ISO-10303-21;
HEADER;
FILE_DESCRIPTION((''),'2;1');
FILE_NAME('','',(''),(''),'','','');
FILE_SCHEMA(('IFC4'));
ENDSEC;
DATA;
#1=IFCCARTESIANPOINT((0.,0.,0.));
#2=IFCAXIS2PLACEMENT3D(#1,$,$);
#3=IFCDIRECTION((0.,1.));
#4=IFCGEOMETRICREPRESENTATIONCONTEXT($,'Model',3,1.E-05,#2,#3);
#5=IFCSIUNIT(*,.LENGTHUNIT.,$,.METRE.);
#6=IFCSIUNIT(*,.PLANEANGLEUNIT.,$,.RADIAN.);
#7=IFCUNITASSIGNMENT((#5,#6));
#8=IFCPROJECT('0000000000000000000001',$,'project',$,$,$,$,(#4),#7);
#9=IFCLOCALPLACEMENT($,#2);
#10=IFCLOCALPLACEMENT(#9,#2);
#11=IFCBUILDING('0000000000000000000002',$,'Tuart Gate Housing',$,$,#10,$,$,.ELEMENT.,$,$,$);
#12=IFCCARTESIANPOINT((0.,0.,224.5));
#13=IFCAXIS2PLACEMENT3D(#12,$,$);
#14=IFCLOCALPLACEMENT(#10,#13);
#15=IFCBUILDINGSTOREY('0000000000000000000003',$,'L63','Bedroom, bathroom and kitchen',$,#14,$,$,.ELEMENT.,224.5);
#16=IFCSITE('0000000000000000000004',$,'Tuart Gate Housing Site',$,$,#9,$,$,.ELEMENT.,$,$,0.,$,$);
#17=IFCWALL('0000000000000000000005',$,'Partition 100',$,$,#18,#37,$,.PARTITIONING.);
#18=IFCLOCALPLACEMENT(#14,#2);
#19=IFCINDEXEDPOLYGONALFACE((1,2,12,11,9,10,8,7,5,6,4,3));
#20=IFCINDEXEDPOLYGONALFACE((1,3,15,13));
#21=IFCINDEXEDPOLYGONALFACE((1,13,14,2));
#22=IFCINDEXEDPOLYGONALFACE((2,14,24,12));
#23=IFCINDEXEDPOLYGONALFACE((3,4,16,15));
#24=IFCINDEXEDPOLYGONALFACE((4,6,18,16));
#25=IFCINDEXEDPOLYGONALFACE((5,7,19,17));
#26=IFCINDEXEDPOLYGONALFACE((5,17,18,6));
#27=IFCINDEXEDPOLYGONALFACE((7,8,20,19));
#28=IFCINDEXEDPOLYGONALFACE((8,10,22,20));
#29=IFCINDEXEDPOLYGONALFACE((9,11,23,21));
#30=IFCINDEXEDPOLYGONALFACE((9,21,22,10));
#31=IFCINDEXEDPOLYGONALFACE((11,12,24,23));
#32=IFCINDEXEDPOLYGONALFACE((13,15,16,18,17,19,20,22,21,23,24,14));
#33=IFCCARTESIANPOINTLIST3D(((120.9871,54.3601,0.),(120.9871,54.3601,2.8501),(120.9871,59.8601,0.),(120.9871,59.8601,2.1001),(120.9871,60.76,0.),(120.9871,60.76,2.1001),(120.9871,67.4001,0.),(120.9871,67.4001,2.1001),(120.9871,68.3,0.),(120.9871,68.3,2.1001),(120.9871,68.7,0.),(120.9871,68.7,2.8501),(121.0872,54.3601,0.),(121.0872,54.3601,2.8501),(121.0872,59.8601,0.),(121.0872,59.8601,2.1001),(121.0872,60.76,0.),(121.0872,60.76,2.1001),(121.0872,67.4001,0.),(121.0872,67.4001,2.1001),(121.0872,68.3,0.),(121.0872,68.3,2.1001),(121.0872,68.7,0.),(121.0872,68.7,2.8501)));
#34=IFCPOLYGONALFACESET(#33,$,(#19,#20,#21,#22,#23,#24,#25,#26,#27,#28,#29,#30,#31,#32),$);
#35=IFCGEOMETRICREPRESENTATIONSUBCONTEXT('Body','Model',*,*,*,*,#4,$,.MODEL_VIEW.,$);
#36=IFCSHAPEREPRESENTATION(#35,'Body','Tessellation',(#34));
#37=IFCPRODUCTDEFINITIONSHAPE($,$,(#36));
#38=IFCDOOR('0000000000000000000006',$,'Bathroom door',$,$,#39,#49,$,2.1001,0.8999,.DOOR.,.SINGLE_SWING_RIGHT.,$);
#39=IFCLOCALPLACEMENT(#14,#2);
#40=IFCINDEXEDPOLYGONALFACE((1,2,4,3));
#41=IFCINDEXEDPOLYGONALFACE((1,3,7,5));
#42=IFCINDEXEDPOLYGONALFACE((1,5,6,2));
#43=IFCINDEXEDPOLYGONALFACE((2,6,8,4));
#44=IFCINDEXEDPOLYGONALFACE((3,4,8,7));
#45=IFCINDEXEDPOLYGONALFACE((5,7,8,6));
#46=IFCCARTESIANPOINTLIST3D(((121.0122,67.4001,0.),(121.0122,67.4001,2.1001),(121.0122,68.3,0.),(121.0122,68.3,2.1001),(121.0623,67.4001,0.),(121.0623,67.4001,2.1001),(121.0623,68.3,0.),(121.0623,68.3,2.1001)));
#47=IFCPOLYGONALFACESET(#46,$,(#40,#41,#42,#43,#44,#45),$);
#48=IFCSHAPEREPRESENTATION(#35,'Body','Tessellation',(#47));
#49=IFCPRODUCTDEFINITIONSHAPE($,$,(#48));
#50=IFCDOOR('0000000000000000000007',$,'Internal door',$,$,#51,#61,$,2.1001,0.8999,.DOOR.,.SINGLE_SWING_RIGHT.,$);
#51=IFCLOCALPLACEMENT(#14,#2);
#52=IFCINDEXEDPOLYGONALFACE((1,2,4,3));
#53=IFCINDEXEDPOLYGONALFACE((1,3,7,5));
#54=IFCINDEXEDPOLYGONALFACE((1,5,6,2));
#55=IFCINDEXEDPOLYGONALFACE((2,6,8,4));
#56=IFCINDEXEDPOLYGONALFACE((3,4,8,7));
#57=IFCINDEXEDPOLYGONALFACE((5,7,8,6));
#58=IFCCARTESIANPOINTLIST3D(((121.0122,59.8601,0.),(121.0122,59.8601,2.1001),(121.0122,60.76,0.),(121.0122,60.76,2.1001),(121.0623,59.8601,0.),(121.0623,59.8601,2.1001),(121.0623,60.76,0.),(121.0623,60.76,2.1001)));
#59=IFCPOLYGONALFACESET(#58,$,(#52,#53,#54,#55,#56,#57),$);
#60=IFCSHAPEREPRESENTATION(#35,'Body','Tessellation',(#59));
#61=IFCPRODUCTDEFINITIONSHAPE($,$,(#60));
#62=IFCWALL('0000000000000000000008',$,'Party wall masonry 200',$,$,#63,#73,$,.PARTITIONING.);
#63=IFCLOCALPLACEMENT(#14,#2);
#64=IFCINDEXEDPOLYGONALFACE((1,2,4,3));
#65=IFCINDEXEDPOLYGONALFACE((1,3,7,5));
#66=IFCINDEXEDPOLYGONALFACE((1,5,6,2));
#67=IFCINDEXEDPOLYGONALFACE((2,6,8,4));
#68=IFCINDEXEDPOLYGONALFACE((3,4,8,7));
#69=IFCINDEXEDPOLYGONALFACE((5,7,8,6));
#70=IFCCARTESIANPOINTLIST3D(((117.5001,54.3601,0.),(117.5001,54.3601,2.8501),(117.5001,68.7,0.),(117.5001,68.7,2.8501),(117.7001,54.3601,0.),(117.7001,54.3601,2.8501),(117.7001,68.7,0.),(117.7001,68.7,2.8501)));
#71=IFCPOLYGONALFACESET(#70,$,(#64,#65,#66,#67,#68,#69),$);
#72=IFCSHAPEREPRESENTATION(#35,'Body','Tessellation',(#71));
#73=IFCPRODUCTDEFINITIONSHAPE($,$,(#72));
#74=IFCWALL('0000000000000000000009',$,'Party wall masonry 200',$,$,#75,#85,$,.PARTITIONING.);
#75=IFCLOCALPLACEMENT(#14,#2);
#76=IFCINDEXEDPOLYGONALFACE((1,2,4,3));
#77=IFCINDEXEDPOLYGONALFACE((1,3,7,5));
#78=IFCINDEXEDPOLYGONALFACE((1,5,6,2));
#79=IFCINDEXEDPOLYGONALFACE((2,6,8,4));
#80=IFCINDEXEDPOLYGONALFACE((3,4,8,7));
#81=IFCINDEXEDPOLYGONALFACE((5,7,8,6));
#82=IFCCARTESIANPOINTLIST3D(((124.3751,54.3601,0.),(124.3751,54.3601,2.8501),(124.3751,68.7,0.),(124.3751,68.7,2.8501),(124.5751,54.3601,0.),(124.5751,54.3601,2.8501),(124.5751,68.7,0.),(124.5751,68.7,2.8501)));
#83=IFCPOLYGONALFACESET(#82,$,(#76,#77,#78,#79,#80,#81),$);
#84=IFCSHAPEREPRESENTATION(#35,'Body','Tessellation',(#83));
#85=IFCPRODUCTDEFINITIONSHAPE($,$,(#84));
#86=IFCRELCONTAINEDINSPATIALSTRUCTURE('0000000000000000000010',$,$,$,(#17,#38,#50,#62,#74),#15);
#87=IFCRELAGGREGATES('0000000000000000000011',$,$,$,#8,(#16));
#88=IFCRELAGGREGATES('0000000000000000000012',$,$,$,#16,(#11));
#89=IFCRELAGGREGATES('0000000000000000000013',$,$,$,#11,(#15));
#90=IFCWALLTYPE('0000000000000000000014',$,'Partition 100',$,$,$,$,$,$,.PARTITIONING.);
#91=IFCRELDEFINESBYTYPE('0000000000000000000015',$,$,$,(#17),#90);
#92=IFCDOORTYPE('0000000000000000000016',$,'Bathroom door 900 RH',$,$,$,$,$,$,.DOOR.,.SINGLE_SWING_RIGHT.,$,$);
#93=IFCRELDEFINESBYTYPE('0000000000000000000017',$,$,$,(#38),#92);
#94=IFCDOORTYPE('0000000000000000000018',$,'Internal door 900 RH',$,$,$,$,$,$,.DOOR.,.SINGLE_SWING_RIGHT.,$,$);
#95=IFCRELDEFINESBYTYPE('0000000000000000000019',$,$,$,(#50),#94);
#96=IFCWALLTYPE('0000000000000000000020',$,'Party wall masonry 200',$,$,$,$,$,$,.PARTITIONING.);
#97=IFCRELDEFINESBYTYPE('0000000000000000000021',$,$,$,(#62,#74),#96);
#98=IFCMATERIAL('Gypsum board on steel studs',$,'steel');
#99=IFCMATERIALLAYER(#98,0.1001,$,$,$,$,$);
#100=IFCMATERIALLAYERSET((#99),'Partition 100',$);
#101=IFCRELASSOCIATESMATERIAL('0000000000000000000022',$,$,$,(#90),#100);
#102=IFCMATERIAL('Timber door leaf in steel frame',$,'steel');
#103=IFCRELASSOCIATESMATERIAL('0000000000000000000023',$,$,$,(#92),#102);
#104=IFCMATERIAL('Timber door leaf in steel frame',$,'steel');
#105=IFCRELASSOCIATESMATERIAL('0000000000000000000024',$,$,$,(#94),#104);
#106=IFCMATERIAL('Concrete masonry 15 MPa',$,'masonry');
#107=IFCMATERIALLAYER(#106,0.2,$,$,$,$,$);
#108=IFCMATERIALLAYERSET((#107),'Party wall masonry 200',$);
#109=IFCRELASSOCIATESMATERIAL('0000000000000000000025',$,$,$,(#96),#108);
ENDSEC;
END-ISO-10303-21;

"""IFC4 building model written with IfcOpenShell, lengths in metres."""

from ifc_helpers import new_model, si_unit, direction, frame, frame_2d, origin, place, context, subcontext, project, spatial, rectangle, extrude, material, layer, layer_set, type_object, element, fill, save


model = new_model("IFC4")

# Units and contexts
model_context = context("Model", 3, precision=1e-05, world=origin(), true_north=direction((0.0, 1.0)))
body_context = subcontext(model_context, "Body", "Model", "MODEL_VIEW")
ifc_project = project(units=[si_unit("LENGTHUNIT", "METRE"), si_unit("PLANEANGLEUNIT", "RADIAN")], contexts=[model_context])

# Site, building, storey
site_placement = place(None, origin())
site = spatial("IfcSite", under=ifc_project, at=site_placement, Name="Tuart Gate Housing Site", CompositionType="ELEMENT", RefElevation=0.0)
building_placement = place(site_placement, origin())
building = spatial("IfcBuilding", under=site, at=building_placement, Name="Tuart Gate Housing", CompositionType="ELEMENT")
storey_placement = place(building_placement, frame((0.0, 0.0, 224.5)))
storey = spatial("IfcBuildingStorey", under=building, at=storey_placement, Name="L63", Description="Bedroom, bathroom and kitchen", CompositionType="ELEMENT", Elevation=224.5)

# Shared definitions
ifc_material_1 = material(Name="Gypsum board on steel studs", Category="steel")
ifc_layer_1 = layer(ifc_material_1, 0.1001)
ifc_layer_set_1 = layer_set([ifc_layer_1], Name="Partition 100")
wall_type_1 = type_object("IfcWallType", Name="Partition 100", PredefinedType="PARTITIONING", material=ifc_layer_set_1)

# Wall, openings, doors
wall_1_placement = place(storey_placement, frame((121.0371, 54.3601, 0.0), z_axis=(0.0, 0.0, 1.0), x_axis=(0.0, 1.0, 0.0)))
wall_1 = element("IfcWall", 1, at=wall_1_placement, inside=storey, type_object=wall_type_1, Name="Partition 100", PredefinedType="PARTITIONING", context=body_context, shape_type="SweptSolid", body=[
    extrude(rectangle(XDim=14.3398, YDim=0.1001, at=frame_2d((7.1699, 0.0))), origin(), (0.0, 0.0, 1.0), 2.8501),
])
opening_1_placement = place(wall_1_placement, frame((5.5, 0.0, 0.0)))
opening_1 = element("IfcOpeningElement", 2, at=opening_1_placement, cuts=wall_1, PredefinedType="OPENING", context=body_context, shape_type="SweptSolid", body=[
    extrude(rectangle(XDim=0.8999, YDim=2.1001, at=frame_2d((0.45, 1.05))), frame((0.0, 0.0601, 0.0), z_axis=(0.0, -1.0, 0.0), x_axis=(1.0, 0.0, 0.0)), (0.0, 0.0, 1.0), 0.1201),
])
opening_2_placement = place(wall_1_placement, frame((13.04, 0.0, 0.0)))
opening_2 = element("IfcOpeningElement", 3, at=opening_2_placement, cuts=wall_1, PredefinedType="OPENING", context=body_context, shape_type="SweptSolid", body=[
    extrude(rectangle(XDim=0.8999, YDim=2.1001, at=frame_2d((0.45, 1.05))), frame((0.0, 0.0601, 0.0), z_axis=(0.0, -1.0, 0.0), x_axis=(1.0, 0.0, 0.0)), (0.0, 0.0, 1.0), 0.1201),
])
ifc_material_2 = material(Name="Timber door leaf in steel frame", Category="steel")
door_type_1 = type_object("IfcDoorType", Name="Bathroom door 900 RH", OperationType="SINGLE_SWING_RIGHT", PredefinedType="DOOR", material=ifc_material_2)
door_1_placement = place(opening_2_placement, origin())
door_1 = element("IfcDoor", 4, at=door_1_placement, inside=storey, type_object=door_type_1, Name="Bathroom door", OperationType="SINGLE_SWING_RIGHT", OverallHeight=2.1001, OverallWidth=0.8999, PredefinedType="DOOR", context=body_context, shape_type="SweptSolid", body=[
    extrude(rectangle(XDim=0.8999, YDim=2.1001, at=frame_2d((0.45, 1.05))), frame((0.0, 0.0249, 0.0), z_axis=(0.0, -1.0, 0.0), x_axis=(1.0, 0.0, 0.0)), (0.0, 0.0, 1.0), 0.05),
])
fill(opening_2, door_1)
ifc_material_3 = material(Name="Timber door leaf in steel frame", Category="steel")
door_type_2 = type_object("IfcDoorType", Name="Internal door 900 RH", OperationType="SINGLE_SWING_RIGHT", PredefinedType="DOOR", material=ifc_material_3)
door_2_placement = place(opening_1_placement, origin())
door_2 = element("IfcDoor", 5, at=door_2_placement, inside=storey, type_object=door_type_2, Name="Internal door", OperationType="SINGLE_SWING_RIGHT", OverallHeight=2.1001, OverallWidth=0.8999, PredefinedType="DOOR", context=body_context, shape_type="SweptSolid", body=[
    extrude(rectangle(XDim=0.8999, YDim=2.1001, at=frame_2d((0.45, 1.05))), frame((0.0, 0.0249, 0.0), z_axis=(0.0, -1.0, 0.0), x_axis=(1.0, 0.0, 0.0)), (0.0, 0.0, 1.0), 0.05),
])
fill(opening_1, door_2)

# Walls
ifc_material_4 = material(Name="Concrete masonry 15 MPa", Category="masonry")
ifc_layer_2 = layer(ifc_material_4, 0.2)
ifc_layer_set_2 = layer_set([ifc_layer_2], Name="Party wall masonry 200")
wall_type_2 = type_object("IfcWallType", Name="Party wall masonry 200", PredefinedType="PARTITIONING", material=ifc_layer_set_2)
for number, where, z_axis, x_axis, name in (
    (6, (117.6001, 54.3601, 0.0), (0.0, 0.0, 1.0), (0.0, 1.0, 0.0), "Party wall masonry 200"),
    (7, (124.4751, 54.3601, 0.0), (0.0, 0.0, 1.0), (0.0, 1.0, 0.0), "Party wall masonry 200"),
):
    element("IfcWall", number, at=place(storey_placement, frame(where, z_axis=z_axis, x_axis=x_axis)), inside=storey, type_object=wall_type_2, Name=name, PredefinedType="PARTITIONING", context=body_context, shape_type="SweptSolid", body=[
        extrude(rectangle(XDim=14.3398, YDim=0.2, at=frame_2d((7.1699, 0.0))), origin(), (0.0, 0.0, 1.0), 2.8501),
    ])

save(model, "model.ifc")
